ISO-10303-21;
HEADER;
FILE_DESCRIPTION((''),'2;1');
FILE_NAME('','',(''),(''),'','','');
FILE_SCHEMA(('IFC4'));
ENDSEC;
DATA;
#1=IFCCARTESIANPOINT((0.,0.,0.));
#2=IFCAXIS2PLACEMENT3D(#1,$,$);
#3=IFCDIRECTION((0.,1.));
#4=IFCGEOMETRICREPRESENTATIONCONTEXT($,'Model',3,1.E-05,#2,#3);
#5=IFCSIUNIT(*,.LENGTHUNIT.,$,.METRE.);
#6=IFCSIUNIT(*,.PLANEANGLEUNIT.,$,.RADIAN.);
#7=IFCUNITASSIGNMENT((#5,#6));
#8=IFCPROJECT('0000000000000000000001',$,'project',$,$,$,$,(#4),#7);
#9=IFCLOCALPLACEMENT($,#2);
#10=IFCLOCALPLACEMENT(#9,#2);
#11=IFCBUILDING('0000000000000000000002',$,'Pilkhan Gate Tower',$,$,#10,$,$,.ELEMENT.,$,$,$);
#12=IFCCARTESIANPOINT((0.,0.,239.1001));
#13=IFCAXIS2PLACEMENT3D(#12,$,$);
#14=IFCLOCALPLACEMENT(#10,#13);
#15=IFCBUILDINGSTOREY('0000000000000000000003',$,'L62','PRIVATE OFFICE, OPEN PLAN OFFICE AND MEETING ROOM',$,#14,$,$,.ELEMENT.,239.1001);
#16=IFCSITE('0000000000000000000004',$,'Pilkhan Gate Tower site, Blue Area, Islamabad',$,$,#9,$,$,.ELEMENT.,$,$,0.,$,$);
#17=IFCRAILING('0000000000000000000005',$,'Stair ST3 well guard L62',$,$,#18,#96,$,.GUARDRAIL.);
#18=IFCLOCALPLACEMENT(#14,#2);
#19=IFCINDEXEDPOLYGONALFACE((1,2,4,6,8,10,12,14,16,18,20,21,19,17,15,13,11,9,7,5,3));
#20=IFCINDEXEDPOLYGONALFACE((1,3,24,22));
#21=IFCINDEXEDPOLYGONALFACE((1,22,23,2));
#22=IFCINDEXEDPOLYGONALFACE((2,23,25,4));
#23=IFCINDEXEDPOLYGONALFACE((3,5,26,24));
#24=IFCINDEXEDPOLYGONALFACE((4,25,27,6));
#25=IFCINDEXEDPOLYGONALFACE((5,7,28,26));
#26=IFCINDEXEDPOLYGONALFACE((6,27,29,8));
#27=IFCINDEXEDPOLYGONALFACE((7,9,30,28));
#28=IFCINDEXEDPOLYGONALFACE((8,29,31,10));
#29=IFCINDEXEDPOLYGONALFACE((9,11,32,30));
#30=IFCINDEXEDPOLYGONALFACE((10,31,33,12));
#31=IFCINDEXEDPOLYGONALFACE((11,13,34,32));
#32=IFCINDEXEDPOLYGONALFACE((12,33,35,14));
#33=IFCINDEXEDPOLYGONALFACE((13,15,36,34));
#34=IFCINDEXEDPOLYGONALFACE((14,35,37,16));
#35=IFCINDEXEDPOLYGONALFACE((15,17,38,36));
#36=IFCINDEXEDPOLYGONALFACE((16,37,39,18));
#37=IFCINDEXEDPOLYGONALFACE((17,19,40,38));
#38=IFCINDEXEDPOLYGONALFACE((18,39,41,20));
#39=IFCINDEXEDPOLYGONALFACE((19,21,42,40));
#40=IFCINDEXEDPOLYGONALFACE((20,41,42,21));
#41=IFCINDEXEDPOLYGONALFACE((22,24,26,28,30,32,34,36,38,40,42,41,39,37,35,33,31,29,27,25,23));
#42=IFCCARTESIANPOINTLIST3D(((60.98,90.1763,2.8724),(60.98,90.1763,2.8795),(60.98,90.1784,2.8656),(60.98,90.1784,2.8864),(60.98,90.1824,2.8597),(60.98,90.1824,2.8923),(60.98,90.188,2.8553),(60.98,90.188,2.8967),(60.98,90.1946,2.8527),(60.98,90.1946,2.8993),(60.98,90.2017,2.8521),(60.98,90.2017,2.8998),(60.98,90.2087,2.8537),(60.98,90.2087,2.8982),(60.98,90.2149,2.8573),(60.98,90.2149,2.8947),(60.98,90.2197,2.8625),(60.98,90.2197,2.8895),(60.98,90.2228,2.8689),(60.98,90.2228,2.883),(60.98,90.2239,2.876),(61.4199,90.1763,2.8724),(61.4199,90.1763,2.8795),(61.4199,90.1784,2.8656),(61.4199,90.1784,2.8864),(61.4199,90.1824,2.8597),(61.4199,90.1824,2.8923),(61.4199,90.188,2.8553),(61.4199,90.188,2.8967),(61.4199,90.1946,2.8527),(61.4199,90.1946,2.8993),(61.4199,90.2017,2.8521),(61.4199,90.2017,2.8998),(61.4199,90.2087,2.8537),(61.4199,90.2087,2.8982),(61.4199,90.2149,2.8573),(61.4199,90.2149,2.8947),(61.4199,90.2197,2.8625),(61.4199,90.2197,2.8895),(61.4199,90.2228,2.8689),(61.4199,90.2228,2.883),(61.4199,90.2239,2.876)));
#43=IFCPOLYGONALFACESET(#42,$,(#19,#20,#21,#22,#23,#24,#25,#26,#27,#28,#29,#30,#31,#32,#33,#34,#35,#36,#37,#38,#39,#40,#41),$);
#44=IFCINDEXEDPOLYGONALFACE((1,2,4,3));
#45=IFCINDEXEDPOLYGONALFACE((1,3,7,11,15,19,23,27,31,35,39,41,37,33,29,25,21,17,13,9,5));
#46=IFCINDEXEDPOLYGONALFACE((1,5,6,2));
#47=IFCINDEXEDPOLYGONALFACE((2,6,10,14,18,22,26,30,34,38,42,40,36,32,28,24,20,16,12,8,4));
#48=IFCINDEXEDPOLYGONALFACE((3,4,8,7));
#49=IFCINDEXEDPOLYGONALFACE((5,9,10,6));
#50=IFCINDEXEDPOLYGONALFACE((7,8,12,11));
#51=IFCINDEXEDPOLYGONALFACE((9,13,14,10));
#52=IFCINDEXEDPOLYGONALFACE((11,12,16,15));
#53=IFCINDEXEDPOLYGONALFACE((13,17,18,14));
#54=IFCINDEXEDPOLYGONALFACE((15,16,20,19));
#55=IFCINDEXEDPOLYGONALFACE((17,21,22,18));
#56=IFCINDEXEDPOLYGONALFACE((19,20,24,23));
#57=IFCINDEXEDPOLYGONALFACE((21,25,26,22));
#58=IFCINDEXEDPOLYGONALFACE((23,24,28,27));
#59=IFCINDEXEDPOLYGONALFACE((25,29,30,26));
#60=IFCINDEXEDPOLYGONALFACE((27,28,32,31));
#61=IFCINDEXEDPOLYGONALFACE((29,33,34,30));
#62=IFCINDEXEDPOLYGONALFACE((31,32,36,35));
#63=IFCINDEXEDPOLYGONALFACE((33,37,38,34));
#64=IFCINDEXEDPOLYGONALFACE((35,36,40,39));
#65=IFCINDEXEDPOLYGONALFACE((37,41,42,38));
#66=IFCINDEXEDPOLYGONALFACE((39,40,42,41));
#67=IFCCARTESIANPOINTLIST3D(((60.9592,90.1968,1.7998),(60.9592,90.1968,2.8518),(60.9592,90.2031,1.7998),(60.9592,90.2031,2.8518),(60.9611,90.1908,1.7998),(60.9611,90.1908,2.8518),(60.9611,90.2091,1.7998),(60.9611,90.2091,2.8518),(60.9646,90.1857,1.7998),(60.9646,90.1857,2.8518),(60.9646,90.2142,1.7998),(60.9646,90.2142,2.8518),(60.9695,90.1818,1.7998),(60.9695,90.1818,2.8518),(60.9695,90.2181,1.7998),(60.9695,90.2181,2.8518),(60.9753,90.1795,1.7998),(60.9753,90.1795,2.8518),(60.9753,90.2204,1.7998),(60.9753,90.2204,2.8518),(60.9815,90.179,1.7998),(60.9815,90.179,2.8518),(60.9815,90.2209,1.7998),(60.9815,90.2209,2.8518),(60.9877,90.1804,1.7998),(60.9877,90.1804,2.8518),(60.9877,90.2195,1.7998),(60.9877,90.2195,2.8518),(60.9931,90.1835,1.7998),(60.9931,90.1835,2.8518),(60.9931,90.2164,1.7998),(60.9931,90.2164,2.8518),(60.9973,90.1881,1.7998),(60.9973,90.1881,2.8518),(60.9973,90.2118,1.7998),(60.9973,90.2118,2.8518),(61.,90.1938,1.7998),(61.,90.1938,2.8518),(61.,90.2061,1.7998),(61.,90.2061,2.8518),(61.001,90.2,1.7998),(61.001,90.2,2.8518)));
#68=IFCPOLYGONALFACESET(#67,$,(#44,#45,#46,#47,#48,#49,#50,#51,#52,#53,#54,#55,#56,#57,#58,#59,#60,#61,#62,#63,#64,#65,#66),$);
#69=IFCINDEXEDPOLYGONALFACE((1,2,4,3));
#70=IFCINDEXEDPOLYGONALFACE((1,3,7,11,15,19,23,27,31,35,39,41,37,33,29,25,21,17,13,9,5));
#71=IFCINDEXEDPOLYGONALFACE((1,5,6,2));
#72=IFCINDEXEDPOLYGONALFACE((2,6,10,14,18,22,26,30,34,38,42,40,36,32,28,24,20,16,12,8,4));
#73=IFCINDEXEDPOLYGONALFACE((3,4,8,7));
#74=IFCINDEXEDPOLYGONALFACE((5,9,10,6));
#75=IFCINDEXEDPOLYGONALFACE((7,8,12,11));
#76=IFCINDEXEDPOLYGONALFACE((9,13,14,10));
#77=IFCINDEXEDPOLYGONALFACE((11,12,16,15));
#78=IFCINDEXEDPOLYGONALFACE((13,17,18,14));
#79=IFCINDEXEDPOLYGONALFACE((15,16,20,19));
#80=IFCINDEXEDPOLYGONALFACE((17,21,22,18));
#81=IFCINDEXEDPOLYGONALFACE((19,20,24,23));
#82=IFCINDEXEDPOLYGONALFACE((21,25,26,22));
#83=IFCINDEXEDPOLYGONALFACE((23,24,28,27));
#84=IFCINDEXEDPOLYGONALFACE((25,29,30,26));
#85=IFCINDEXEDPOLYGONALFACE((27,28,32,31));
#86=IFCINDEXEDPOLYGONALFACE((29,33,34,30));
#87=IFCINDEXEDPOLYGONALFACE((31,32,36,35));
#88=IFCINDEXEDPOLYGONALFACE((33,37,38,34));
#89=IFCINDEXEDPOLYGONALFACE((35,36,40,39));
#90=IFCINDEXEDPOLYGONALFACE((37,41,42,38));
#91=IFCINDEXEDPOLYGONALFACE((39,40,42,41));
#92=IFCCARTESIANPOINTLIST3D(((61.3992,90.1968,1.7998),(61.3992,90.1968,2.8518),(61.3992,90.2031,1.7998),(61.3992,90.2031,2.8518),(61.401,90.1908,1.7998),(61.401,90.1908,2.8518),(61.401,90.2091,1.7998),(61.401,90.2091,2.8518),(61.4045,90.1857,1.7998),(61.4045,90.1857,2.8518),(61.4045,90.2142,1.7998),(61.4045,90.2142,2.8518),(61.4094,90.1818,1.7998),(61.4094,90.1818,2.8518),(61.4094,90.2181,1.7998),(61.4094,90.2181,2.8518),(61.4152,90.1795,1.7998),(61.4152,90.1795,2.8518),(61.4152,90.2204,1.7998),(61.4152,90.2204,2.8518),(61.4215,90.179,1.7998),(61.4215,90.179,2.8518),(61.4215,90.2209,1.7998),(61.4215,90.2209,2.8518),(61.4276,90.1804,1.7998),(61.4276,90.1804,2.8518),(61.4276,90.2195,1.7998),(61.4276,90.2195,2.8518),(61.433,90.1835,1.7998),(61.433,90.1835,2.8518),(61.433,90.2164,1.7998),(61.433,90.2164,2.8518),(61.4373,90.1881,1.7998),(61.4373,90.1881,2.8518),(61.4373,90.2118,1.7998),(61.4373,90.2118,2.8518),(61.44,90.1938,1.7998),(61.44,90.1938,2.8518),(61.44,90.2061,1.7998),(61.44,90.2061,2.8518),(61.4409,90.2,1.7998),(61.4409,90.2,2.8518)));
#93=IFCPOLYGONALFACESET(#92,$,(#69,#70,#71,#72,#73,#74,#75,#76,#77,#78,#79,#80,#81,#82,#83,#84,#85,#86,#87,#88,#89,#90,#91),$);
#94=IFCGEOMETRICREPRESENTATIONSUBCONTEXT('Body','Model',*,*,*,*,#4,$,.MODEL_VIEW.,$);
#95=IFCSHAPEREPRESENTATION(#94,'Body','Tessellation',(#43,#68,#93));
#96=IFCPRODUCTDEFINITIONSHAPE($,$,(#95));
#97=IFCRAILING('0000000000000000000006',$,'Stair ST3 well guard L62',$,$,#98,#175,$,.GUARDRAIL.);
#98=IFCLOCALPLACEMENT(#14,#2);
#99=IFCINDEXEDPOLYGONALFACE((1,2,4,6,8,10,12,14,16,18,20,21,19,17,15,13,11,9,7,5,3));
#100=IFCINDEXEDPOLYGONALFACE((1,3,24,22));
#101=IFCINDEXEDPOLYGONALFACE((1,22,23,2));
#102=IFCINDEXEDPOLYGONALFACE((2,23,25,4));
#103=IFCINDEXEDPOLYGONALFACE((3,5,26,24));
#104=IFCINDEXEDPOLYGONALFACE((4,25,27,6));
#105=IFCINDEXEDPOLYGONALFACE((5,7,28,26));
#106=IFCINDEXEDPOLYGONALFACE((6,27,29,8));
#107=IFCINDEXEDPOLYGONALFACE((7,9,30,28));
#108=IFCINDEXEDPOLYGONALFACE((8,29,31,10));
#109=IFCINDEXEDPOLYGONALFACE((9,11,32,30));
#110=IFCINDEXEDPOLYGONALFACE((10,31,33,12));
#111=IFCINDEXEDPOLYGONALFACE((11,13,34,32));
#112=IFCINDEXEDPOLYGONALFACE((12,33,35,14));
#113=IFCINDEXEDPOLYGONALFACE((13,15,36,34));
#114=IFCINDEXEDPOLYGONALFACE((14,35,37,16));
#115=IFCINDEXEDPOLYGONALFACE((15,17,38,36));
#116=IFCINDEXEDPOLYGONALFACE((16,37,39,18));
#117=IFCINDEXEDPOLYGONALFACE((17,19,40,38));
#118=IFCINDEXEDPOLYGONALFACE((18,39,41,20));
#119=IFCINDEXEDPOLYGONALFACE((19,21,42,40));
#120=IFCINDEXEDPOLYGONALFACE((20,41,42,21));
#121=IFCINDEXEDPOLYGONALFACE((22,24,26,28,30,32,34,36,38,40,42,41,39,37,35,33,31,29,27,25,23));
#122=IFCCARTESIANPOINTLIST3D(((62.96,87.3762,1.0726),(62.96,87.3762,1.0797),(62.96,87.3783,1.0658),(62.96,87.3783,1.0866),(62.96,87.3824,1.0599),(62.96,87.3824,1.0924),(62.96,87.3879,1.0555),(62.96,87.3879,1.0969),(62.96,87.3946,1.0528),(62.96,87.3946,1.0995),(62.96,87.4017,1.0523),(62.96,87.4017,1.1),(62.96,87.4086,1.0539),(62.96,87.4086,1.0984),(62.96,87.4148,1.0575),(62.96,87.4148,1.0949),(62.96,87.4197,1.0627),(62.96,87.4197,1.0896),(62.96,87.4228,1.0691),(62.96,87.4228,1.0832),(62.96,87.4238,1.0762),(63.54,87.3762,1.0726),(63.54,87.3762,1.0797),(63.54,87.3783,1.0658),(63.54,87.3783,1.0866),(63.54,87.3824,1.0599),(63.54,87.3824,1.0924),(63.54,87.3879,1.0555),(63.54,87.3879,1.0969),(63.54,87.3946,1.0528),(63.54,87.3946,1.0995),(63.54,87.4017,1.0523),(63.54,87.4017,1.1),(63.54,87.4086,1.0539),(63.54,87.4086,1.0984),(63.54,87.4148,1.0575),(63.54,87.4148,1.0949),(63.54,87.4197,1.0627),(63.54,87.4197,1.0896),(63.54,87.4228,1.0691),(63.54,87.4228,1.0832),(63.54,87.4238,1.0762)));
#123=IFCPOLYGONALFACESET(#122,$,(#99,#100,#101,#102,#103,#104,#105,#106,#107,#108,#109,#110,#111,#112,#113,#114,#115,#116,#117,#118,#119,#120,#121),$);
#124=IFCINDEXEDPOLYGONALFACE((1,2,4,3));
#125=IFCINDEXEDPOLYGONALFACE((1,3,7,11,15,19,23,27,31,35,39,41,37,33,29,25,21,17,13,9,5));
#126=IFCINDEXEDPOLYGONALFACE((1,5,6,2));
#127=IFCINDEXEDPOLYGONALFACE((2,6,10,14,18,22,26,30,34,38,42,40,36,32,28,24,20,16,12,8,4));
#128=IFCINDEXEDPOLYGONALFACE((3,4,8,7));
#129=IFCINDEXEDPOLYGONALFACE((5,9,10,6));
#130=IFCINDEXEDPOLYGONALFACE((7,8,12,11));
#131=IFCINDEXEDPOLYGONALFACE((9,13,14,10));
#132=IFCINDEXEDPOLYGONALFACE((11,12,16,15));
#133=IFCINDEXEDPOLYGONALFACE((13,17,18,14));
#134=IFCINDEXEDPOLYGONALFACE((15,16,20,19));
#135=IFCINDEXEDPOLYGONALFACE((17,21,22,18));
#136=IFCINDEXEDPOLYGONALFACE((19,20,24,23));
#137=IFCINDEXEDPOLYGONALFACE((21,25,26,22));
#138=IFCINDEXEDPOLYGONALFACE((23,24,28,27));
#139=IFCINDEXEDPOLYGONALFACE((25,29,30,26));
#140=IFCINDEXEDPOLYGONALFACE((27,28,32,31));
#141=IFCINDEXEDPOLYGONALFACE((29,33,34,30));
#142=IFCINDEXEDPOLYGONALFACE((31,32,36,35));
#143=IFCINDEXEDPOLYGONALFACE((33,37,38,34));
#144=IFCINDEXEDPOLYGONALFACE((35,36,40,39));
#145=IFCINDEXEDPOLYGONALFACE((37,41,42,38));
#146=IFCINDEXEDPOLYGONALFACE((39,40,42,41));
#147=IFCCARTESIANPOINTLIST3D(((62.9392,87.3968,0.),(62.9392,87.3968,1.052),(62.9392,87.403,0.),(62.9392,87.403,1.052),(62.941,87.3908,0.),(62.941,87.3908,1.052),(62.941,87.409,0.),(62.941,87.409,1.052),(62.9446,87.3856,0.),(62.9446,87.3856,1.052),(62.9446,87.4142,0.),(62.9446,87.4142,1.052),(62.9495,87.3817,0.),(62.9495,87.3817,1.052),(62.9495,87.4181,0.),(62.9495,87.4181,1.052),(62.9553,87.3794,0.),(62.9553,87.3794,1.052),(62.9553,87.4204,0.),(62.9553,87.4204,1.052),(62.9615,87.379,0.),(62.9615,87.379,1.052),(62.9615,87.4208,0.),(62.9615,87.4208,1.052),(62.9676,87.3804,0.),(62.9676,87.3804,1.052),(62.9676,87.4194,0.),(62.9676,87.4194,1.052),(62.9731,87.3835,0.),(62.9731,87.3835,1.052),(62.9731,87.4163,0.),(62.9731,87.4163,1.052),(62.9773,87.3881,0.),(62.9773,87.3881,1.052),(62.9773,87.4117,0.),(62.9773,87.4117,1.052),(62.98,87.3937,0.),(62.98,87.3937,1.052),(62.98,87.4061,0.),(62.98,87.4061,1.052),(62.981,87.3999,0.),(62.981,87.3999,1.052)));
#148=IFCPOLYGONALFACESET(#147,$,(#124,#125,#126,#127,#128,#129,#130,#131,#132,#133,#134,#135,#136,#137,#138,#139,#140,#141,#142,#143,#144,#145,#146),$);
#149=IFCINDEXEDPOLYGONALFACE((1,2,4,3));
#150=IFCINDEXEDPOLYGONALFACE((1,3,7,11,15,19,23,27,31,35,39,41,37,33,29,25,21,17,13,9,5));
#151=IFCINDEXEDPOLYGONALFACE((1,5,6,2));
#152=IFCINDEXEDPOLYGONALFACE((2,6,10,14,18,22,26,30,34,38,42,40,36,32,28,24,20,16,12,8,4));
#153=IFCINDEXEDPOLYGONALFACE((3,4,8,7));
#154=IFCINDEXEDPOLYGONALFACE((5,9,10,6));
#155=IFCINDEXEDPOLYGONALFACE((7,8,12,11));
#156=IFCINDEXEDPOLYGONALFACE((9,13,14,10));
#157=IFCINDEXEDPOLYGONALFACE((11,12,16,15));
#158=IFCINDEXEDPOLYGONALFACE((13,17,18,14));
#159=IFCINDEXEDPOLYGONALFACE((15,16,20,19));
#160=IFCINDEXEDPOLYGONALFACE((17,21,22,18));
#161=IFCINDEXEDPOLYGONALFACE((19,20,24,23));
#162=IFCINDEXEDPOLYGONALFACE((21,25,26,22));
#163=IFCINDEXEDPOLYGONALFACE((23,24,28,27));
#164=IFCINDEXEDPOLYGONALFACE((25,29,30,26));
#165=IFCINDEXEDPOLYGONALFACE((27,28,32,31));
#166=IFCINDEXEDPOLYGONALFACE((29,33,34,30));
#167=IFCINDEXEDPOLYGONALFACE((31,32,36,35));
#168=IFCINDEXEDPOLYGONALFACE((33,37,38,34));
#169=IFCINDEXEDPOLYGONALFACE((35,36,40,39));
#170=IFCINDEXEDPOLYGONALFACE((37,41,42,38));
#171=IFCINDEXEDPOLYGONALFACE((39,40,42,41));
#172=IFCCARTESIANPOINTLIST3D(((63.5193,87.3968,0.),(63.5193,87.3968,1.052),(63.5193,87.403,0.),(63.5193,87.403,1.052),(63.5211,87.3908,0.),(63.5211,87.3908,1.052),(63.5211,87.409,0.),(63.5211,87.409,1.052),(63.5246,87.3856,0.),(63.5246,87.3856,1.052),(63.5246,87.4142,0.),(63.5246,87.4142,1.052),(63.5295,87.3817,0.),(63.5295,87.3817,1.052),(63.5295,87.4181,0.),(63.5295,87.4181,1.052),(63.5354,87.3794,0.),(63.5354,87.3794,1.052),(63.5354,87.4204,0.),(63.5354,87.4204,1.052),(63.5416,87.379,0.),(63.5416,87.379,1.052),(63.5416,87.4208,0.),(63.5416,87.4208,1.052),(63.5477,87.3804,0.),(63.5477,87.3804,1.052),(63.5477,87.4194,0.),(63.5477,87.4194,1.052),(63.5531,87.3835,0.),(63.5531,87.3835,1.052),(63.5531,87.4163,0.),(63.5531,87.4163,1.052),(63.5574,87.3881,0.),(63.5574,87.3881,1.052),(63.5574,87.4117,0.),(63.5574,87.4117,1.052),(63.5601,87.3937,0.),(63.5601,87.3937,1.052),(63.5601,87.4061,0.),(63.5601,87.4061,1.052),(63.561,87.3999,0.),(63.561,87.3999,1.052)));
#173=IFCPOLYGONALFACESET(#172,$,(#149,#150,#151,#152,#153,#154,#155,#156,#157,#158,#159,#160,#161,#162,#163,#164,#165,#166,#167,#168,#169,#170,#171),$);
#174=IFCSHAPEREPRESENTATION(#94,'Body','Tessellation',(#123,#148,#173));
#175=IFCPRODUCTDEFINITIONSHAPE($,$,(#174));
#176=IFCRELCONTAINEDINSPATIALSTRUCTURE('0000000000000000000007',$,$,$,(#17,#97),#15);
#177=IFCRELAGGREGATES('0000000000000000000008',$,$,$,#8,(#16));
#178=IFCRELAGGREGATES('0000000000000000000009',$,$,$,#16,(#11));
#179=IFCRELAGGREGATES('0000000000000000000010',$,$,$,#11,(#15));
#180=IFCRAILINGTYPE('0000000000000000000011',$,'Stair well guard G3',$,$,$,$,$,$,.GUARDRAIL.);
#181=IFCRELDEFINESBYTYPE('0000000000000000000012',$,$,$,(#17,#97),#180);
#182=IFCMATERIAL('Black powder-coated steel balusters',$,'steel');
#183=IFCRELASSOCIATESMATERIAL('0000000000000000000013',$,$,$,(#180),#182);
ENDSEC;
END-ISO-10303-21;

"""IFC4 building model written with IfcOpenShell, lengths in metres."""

from ifc_helpers import new_model, si_unit, direction, frame, origin, origin_2d, place, context, subcontext, project, spatial, circle, extrude, material, type_object, element, save


model = new_model("IFC4")

# Units and contexts
model_context = context("Model", 3, precision=1e-05, world=origin(), true_north=direction((0.0, 1.0)))
body_context = subcontext(model_context, "Body", "Model", "MODEL_VIEW")
ifc_project = project(units=[si_unit("LENGTHUNIT", "METRE"), si_unit("PLANEANGLEUNIT", "RADIAN")], contexts=[model_context])

# Site, building, storey
site_placement = place(None, origin())
site = spatial("IfcSite", under=ifc_project, at=site_placement, Name="Pilkhan Gate Tower site, Blue Area, Islamabad", CompositionType="ELEMENT", RefElevation=0.0)
building_placement = place(site_placement, origin())
building = spatial("IfcBuilding", under=site, at=building_placement, Name="Pilkhan Gate Tower", CompositionType="ELEMENT")
storey_placement = place(building_placement, frame((0.0, 0.0, 239.1001)))
storey = spatial("IfcBuildingStorey", under=building, at=storey_placement, Name="L62", Description="PRIVATE OFFICE, OPEN PLAN OFFICE AND MEETING ROOM", CompositionType="ELEMENT", Elevation=239.1001)

# Railings
ifc_material_1 = material(Name="Black powder-coated steel balusters", Category="steel")
railing_type_1 = type_object("IfcRailingType", Name="Stair well guard G3", PredefinedType="GUARDRAIL", material=ifc_material_1)
railing_1_placement = place(storey_placement, frame((60.98, 90.2, 1.7998)))
element("IfcRailing", 1, at=railing_1_placement, inside=storey, type_object=railing_type_1, Name="Stair ST3 well guard L62", PredefinedType="GUARDRAIL", context=body_context, shape_type="SweptSolid", body=[
    extrude(circle(Radius=0.0239, at=origin_2d()), frame((0.0, 0.0, 1.0762), z_axis=(1.0, 0.0, 0.0), x_axis=(0.0, 1.0, 0.0)), (0.0, 0.0, 1.0), 0.4399),
    extrude(circle(Radius=0.021, at=origin_2d()), origin(), (0.0, 0.0, 1.0), 1.052),
    extrude(circle(Radius=0.021, at=origin_2d()), frame((0.4399, 0.0, 0.0)), (0.0, 0.0, 1.0), 1.052),
])
for number, where, name in (
    (2, (62.96, 87.3999, 0.0), "Stair ST3 well guard L62"),
):
    element("IfcRailing", number, at=place(storey_placement, frame(where)), inside=storey, type_object=railing_type_1, Name=name, PredefinedType="GUARDRAIL", context=body_context, shape_type="SweptSolid", body=[
        extrude(circle(Radius=0.0239, at=origin_2d()), frame((0.0, 0.0, 1.0762), z_axis=(1.0, 0.0, 0.0), x_axis=(0.0, 1.0, 0.0)), (0.0, 0.0, 1.0), 0.5801),
        extrude(circle(Radius=0.021, at=origin_2d()), origin(), (0.0, 0.0, 1.0), 1.052),
        extrude(circle(Radius=0.021, at=origin_2d()), frame((0.5801, 0.0, 0.0)), (0.0, 0.0, 1.0), 1.052),
    ])

save(model, "model.ifc")
